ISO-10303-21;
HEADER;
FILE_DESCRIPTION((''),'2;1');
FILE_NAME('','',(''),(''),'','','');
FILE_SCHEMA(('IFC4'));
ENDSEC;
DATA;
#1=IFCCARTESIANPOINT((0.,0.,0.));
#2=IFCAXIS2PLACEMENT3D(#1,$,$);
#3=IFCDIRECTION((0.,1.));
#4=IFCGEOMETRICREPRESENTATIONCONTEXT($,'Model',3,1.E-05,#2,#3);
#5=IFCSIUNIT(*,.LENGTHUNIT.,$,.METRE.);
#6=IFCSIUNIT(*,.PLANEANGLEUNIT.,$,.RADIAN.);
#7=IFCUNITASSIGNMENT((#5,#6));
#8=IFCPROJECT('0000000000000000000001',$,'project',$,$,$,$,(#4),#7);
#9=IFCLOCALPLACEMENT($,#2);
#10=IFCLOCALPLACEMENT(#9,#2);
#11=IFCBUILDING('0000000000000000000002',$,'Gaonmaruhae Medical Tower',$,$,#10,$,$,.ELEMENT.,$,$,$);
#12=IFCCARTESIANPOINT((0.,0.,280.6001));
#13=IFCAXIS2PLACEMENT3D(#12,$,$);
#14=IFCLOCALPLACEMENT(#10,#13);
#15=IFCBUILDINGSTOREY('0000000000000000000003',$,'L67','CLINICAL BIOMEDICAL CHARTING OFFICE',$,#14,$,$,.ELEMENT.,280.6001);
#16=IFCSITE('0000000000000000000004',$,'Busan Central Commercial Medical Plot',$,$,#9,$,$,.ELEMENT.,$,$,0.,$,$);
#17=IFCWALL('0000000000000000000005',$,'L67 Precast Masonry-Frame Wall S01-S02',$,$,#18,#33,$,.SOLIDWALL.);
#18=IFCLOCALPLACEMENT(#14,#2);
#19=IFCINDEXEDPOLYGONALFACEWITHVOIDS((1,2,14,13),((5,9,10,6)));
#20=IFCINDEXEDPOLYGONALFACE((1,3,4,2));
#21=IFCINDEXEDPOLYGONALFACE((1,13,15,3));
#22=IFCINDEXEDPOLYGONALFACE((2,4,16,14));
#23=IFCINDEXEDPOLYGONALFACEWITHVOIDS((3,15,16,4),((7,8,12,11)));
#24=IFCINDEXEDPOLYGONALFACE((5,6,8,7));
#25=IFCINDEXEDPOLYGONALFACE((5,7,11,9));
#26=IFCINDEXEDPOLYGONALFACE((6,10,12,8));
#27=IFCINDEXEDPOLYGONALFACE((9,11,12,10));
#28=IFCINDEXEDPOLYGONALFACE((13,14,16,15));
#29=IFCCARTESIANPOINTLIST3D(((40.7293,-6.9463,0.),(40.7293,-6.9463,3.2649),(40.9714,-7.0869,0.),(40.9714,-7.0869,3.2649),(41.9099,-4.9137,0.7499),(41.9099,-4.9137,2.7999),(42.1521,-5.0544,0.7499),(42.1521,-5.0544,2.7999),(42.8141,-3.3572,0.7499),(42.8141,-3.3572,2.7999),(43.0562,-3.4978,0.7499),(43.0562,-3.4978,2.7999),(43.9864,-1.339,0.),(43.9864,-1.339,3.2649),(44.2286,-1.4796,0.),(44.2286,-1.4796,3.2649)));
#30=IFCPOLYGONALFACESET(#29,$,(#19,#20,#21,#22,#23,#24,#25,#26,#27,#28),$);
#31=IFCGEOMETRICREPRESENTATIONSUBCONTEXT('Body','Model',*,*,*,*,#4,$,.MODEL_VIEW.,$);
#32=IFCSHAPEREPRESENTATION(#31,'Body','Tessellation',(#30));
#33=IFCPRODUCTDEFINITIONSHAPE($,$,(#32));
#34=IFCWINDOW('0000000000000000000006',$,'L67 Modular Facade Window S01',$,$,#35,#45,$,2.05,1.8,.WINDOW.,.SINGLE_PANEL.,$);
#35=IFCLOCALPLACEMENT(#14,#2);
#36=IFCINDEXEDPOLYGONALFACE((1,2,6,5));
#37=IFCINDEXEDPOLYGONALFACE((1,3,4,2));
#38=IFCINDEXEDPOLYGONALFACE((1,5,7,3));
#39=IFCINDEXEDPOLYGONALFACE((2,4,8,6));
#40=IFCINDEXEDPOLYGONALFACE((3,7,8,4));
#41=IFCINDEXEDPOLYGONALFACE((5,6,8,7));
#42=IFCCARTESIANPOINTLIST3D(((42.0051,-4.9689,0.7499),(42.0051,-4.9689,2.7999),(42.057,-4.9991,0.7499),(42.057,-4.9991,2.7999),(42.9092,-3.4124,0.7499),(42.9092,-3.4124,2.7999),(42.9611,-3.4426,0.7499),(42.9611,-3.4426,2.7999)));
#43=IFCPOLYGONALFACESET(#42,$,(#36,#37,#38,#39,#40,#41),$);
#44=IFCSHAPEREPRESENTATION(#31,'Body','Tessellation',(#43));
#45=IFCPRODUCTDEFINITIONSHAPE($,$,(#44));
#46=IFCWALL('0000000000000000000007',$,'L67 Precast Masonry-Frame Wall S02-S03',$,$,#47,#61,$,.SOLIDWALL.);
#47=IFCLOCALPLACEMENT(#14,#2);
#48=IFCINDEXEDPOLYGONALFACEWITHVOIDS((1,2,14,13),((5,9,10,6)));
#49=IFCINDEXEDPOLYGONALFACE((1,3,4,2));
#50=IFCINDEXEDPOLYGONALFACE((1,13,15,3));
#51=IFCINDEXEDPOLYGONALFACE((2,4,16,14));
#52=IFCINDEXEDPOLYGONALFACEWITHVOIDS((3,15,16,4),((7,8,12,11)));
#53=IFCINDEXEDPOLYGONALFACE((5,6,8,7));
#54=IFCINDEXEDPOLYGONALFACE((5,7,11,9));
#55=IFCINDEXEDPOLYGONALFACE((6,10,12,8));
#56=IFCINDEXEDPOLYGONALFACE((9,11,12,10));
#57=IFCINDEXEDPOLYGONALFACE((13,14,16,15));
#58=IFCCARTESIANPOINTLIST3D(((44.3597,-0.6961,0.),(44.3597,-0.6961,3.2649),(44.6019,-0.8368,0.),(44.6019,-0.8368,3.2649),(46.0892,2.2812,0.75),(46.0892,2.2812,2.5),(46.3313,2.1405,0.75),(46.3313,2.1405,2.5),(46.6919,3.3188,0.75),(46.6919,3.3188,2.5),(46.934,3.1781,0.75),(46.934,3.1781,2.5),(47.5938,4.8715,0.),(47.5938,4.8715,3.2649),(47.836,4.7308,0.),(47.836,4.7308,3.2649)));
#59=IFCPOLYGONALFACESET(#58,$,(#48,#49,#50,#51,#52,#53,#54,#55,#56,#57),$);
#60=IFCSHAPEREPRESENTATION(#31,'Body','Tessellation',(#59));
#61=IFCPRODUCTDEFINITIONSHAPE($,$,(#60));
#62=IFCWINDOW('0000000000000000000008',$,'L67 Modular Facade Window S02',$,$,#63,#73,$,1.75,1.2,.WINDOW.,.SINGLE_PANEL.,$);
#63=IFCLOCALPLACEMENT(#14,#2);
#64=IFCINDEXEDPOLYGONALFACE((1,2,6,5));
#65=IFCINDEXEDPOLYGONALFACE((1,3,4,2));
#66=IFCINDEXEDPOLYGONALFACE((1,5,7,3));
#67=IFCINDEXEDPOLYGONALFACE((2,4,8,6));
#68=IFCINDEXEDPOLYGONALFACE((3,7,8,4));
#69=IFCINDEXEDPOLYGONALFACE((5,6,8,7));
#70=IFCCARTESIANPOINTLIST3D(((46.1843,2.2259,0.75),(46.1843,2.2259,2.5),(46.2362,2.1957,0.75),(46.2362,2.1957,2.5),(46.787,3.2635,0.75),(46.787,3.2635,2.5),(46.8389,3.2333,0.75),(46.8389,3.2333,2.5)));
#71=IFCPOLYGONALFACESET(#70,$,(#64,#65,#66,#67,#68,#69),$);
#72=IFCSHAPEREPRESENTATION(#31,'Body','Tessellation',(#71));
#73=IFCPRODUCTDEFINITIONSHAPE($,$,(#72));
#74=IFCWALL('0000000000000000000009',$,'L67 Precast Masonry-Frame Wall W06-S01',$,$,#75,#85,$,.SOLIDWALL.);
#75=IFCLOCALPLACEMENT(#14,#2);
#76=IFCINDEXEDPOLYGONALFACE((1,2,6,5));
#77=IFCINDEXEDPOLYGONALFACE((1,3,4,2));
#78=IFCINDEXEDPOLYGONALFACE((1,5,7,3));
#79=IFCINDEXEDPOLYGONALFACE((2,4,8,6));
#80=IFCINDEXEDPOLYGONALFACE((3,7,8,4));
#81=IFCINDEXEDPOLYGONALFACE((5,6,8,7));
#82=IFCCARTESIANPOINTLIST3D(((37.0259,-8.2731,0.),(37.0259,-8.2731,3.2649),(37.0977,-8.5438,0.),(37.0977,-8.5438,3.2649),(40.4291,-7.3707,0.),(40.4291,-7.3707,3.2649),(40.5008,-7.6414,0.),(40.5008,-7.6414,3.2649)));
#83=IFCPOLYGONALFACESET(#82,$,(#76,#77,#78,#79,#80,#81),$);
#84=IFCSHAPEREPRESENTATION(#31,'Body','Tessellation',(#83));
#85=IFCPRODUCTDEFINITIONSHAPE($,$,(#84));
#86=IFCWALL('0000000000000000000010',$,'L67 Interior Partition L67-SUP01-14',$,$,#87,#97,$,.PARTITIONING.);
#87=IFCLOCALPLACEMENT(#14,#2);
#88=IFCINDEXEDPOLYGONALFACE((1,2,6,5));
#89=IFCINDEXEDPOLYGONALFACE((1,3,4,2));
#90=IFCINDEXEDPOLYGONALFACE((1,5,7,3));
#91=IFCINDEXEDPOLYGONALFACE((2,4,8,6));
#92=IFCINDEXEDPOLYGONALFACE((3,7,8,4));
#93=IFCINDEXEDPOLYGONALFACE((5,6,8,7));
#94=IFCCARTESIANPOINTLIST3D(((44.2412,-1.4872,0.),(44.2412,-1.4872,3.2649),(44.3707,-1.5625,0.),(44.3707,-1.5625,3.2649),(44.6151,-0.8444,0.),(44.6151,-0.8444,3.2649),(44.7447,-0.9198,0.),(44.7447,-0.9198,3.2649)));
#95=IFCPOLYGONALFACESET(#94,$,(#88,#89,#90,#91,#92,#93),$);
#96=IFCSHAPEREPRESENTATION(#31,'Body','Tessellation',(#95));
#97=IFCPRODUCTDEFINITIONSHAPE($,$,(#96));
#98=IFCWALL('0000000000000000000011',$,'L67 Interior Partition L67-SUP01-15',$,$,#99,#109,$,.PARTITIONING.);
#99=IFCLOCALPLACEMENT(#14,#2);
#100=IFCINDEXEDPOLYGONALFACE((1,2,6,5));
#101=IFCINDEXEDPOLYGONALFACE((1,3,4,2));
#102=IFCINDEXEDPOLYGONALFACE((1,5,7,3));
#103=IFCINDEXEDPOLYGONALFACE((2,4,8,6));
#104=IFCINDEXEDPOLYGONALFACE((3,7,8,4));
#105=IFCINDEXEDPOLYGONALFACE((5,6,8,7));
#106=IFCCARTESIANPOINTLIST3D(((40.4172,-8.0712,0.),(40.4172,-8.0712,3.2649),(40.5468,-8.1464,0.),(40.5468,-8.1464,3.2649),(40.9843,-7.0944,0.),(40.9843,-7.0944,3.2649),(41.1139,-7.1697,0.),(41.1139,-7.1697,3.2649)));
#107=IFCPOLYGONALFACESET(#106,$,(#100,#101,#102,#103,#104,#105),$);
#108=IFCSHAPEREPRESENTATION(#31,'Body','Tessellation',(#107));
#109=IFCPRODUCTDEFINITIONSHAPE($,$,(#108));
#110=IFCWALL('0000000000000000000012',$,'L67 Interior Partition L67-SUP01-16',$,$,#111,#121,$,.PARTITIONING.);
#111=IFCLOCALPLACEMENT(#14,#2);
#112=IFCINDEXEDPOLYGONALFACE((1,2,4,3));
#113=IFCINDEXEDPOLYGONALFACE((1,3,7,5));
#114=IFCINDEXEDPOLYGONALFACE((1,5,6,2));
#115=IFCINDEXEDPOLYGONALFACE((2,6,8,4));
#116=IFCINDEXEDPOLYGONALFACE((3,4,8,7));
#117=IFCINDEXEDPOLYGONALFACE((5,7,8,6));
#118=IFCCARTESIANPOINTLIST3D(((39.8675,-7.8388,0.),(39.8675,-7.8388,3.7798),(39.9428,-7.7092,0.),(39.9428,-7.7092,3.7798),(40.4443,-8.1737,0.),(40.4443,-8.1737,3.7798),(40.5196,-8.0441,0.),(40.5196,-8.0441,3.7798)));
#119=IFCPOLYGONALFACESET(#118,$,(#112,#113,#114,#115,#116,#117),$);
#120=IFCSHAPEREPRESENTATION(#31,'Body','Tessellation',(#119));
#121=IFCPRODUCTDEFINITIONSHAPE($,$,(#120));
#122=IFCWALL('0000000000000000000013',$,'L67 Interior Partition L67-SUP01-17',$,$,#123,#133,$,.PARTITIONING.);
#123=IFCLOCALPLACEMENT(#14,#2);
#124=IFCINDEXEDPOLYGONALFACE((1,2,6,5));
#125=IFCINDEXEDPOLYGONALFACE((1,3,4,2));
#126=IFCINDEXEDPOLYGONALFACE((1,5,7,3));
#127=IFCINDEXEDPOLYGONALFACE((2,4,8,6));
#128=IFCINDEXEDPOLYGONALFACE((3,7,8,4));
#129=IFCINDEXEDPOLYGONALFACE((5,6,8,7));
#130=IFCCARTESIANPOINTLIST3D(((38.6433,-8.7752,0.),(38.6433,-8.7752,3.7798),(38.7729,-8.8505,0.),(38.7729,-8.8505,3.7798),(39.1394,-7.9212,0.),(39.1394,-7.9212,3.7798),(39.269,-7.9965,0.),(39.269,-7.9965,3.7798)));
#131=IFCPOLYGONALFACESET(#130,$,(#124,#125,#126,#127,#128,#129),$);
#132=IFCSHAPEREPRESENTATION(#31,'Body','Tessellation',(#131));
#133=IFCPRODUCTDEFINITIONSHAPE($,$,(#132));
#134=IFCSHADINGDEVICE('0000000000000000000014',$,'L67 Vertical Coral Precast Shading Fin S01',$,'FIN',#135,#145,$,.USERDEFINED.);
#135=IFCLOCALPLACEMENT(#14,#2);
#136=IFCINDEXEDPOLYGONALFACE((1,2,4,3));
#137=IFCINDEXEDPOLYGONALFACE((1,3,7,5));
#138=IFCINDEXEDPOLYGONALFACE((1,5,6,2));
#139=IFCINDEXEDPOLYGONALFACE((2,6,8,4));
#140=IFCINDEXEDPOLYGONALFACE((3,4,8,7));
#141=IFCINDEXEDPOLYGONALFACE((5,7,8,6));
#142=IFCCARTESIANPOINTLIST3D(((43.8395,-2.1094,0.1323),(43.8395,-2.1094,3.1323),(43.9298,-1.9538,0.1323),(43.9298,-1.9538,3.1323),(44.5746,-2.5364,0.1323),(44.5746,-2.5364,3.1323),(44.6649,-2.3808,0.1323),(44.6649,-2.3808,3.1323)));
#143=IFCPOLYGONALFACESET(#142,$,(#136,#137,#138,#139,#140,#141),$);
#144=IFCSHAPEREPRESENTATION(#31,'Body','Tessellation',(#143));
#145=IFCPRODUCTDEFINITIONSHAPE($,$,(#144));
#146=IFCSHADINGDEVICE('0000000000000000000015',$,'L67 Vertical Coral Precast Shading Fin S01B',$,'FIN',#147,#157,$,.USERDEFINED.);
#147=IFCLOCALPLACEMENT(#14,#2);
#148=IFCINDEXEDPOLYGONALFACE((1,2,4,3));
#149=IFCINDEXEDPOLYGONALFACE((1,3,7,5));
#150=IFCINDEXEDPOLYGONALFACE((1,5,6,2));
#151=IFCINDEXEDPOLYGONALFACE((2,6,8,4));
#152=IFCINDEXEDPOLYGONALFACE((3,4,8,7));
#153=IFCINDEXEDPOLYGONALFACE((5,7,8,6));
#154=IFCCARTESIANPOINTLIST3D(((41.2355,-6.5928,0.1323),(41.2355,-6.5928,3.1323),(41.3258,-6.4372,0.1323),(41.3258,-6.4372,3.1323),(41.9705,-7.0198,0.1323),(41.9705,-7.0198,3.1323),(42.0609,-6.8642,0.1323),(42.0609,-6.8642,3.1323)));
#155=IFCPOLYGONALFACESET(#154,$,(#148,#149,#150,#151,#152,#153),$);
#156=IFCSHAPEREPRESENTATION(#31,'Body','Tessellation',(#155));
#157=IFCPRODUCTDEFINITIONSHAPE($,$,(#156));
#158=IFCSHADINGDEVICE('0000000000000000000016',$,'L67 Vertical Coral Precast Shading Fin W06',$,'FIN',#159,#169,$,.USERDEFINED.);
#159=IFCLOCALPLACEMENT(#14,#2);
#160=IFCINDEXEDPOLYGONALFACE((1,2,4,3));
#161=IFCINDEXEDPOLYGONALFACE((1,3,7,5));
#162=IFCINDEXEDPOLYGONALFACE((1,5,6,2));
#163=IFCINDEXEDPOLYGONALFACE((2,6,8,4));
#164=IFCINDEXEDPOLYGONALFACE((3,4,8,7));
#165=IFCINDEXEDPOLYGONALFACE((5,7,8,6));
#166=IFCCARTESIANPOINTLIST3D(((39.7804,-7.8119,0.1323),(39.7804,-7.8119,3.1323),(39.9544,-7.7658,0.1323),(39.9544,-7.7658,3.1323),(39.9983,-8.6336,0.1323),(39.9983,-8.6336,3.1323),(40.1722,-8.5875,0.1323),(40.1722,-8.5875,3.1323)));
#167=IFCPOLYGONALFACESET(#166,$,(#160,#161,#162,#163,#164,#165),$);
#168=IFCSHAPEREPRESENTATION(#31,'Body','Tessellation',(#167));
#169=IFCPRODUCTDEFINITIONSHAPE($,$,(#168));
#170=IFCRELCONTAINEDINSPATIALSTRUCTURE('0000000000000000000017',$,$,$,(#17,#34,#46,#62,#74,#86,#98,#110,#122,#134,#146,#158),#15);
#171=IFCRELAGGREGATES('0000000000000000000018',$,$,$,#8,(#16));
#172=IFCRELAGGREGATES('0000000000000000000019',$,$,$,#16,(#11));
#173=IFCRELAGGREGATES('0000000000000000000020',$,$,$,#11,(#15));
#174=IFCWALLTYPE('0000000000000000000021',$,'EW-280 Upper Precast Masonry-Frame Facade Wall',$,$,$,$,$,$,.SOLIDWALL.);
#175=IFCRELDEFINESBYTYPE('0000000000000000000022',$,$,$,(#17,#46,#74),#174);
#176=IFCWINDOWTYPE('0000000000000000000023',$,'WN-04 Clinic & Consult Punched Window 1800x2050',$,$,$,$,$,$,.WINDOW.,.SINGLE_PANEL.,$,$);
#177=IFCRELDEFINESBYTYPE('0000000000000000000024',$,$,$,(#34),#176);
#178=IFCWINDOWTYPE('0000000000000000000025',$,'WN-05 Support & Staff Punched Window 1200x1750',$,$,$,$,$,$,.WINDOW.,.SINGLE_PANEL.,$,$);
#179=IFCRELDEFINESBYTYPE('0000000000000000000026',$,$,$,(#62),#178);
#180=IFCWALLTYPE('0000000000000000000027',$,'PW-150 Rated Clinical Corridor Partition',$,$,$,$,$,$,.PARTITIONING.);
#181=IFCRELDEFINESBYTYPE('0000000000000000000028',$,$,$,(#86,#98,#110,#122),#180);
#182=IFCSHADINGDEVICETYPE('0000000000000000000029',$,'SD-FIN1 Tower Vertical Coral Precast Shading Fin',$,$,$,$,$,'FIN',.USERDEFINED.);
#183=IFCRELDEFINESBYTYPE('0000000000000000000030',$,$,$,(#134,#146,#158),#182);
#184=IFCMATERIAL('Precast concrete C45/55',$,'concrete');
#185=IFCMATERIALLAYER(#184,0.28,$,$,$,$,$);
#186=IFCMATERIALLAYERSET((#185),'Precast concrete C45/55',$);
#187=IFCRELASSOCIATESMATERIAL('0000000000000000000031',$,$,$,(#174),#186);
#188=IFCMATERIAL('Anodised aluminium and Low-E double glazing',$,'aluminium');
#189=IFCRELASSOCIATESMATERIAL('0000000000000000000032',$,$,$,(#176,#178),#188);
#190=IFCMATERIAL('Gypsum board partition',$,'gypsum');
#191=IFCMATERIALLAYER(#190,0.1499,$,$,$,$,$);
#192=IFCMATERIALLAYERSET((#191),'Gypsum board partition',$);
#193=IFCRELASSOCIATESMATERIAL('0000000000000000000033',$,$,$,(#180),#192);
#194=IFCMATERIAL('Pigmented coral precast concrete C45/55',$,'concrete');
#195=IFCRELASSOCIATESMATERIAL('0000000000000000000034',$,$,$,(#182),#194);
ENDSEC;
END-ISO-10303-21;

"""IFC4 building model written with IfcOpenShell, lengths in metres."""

from ifc_helpers import new_model, si_unit, direction, frame, frame_2d, origin, origin_2d, place, context, subcontext, project, spatial, rectangle, extrude, material, layer, layer_set, type_object, element, fill, save


model = new_model("IFC4")

# Units and contexts
model_context = context("Model", 3, precision=1e-05, world=origin(), true_north=direction((0.0, 1.0)))
body_context = subcontext(model_context, "Body", "Model", "MODEL_VIEW")
ifc_project = project(units=[si_unit("LENGTHUNIT", "METRE"), si_unit("PLANEANGLEUNIT", "RADIAN")], contexts=[model_context])

# Site, building, storey
site_placement = place(None, origin())
site = spatial("IfcSite", under=ifc_project, at=site_placement, Name="Busan Central Commercial Medical Plot", CompositionType="ELEMENT", RefElevation=0.0)
building_placement = place(site_placement, origin())
building = spatial("IfcBuilding", under=site, at=building_placement, Name="Gaonmaruhae Medical Tower", CompositionType="ELEMENT")
storey_placement = place(building_placement, frame((0.0, 0.0, 280.6001)))
storey = spatial("IfcBuildingStorey", under=building, at=storey_placement, Name="L67", Description="CLINICAL BIOMEDICAL CHARTING OFFICE", CompositionType="ELEMENT", Elevation=280.6001)

# Walls, openings, windows
ifc_material_1 = material(Name="Precast concrete C45/55", Category="concrete")
ifc_layer_1 = layer(ifc_material_1, 0.28)
ifc_layer_set_1 = layer_set([ifc_layer_1], Name="Precast concrete C45/55")
wall_type_1 = type_object("IfcWallType", Name="EW-280 Upper Precast Masonry-Frame Facade Wall", PredefinedType="SOLIDWALL", material=ifc_layer_set_1)
wall_1_placement = place(storey_placement, frame((44.1074, -1.4094, 0.0), z_axis=(0.0, 0.0, 1.0), x_axis=(-0.502285, -0.864702, 0.0)))
wall_1 = element("IfcWall", 1, at=wall_1_placement, inside=storey, type_object=wall_type_1, Name="L67 Precast Masonry-Frame Wall S01-S02", PredefinedType="SOLIDWALL", context=body_context, shape_type="SweptSolid", body=[
    extrude(rectangle(XDim=6.4846, YDim=0.28, at=frame_2d((3.2422, 0.0))), origin(), (0.0, 0.0, 1.0), 3.2649),
])
opening_1_placement = place(wall_1_placement, frame((2.334, 0.0, 0.75)))
opening_1 = element("IfcOpeningElement", 2, at=opening_1_placement, cuts=wall_1, PredefinedType="OPENING", context=body_context, shape_type="SweptSolid", body=[
    extrude(rectangle(XDim=1.8, YDim=2.05, at=frame_2d((0.8999, 1.0249))), frame((0.0, 0.1499, 0.0), z_axis=(0.0, -1.0, 0.0), x_axis=(1.0, 0.0, 0.0)), (0.0, 0.0, 1.0), 0.3),
])
ifc_material_2 = material(Name="Anodised aluminium and Low-E double glazing", Category="aluminium")
window_type_1 = type_object("IfcWindowType", Name="WN-04 Clinic & Consult Punched Window 1800x2050", PartitioningType="SINGLE_PANEL", PredefinedType="WINDOW", material=ifc_material_2)
window_1_placement = place(opening_1_placement, origin())
window_1 = element("IfcWindow", 3, at=window_1_placement, inside=storey, type_object=window_type_1, Name="L67 Modular Facade Window S01", OverallHeight=2.05, OverallWidth=1.8, PartitioningType="SINGLE_PANEL", PredefinedType="WINDOW", context=body_context, shape_type="SweptSolid", body=[
    extrude(rectangle(XDim=1.8, YDim=2.05, at=frame_2d((0.8999, 1.0249))), frame((0.0, 0.03, 0.0), z_axis=(0.0, -1.0, 0.0), x_axis=(1.0, 0.0, 0.0)), (0.0, 0.0, 1.0), 0.0601),
])
fill(opening_1, window_1)
wall_2_placement = place(storey_placement, frame((47.7148, 4.801, 0.0), z_axis=(0.0, 0.0, 1.0), x_axis=(-0.502288, -0.8647, 0.0)))
wall_2 = element("IfcWall", 4, at=wall_2_placement, inside=storey, type_object=wall_type_1, Name="L67 Precast Masonry-Frame Wall S02-S03", PredefinedType="SOLIDWALL", context=body_context, shape_type="SweptSolid", body=[
    extrude(rectangle(XDim=6.4387, YDim=0.28, at=frame_2d((3.2192, 0.0))), origin(), (0.0, 0.0, 1.0), 3.2649),
])
opening_2_placement = place(wall_2_placement, frame((1.7954, 0.0, 0.75)))
opening_2 = element("IfcOpeningElement", 5, at=opening_2_placement, cuts=wall_2, PredefinedType="OPENING", context=body_context, shape_type="SweptSolid", body=[
    extrude(rectangle(XDim=1.2, YDim=1.75, at=frame_2d((0.6001, 0.875))), frame((0.0, 0.1499, 0.0), z_axis=(0.0, -1.0, 0.0), x_axis=(1.0, 0.0, 0.0)), (0.0, 0.0, 1.0), 0.3),
])
window_type_2 = type_object("IfcWindowType", Name="WN-05 Support & Staff Punched Window 1200x1750", PartitioningType="SINGLE_PANEL", PredefinedType="WINDOW", material=ifc_material_2)
window_2_placement = place(opening_2_placement, origin())
window_2 = element("IfcWindow", 6, at=window_2_placement, inside=storey, type_object=window_type_2, Name="L67 Modular Facade Window S02", OverallHeight=1.75, OverallWidth=1.2, PartitioningType="SINGLE_PANEL", PredefinedType="WINDOW", context=body_context, shape_type="SweptSolid", body=[
    extrude(rectangle(XDim=1.2, YDim=1.75, at=frame_2d((0.6001, 0.875))), frame((0.0, 0.03, 0.0), z_axis=(0.0, -1.0, 0.0), x_axis=(1.0, 0.0, 0.0)), (0.0, 0.0, 1.0), 0.0601),
])
fill(opening_2, window_2)

# Walls
wall_3_placement = place(storey_placement, frame((40.4648, -7.5061, 0.0), z_axis=(0.0, 0.0, 1.0), x_axis=(-0.966598, -0.256299, 0.0)))
element("IfcWall", 7, at=wall_3_placement, inside=storey, type_object=wall_type_1, Name="L67 Precast Masonry-Frame Wall W06-S01", PredefinedType="SOLIDWALL", context=body_context, shape_type="SweptSolid", body=[
    extrude(rectangle(XDim=3.5208, YDim=0.28, at=frame_2d((1.7603, 0.0))), origin(), (0.0, 0.0, 1.0), 3.2649),
])
ifc_material_3 = material(Name="Gypsum board partition", Category="gypsum")
ifc_layer_2 = layer(ifc_material_3, 0.1499)
ifc_layer_set_2 = layer_set([ifc_layer_2], Name="Gypsum board partition")
wall_type_2 = type_object("IfcWallType", Name="PW-150 Rated Clinical Corridor Partition", PredefinedType="PARTITIONING", material=ifc_layer_set_2)
wall_4_placement = place(storey_placement, frame((44.6799, -0.8821, 0.0), z_axis=(0.0, 0.0, 1.0), x_axis=(-0.502911, -0.864338, 0.0)))
element("IfcWall", 8, at=wall_4_placement, inside=storey, type_object=wall_type_2, Name="L67 Interior Partition L67-SUP01-14", PredefinedType="PARTITIONING", context=body_context, shape_type="SweptSolid", body=[
    extrude(rectangle(XDim=0.7437, YDim=0.1499, at=frame_2d((0.3718, 0.0))), origin(), (0.0, 0.0, 1.0), 3.2649),
])
wall_5_placement = place(storey_placement, frame((41.0491, -7.1321, 0.0), z_axis=(0.0, 0.0, 1.0), x_axis=(-0.502109, -0.864804, 0.0)))
element("IfcWall", 9, at=wall_5_placement, inside=storey, type_object=wall_type_2, Name="L67 Interior Partition L67-SUP01-15", PredefinedType="PARTITIONING", context=body_context, shape_type="SweptSolid", body=[
    extrude(rectangle(XDim=1.1294, YDim=0.1499, at=frame_2d((0.5647, 0.0))), origin(), (0.0, 0.0, 1.0), 3.2649),
])
wall_6_placement = place(storey_placement, frame((40.4819, -8.1089, 0.0), z_axis=(0.0, 0.0, 1.0), x_axis=(-0.864799, 0.502118, 0.0)))
element("IfcWall", 10, at=wall_6_placement, inside=storey, type_object=wall_type_2, Name="L67 Interior Partition L67-SUP01-16", PredefinedType="PARTITIONING", context=body_context, shape_type="SweptSolid", body=[
    extrude(rectangle(XDim=0.667, YDim=0.1499, at=frame_2d((0.3335, 0.0))), origin(), (0.0, 0.0, 1.0), 3.7798),
])
wall_7_placement = place(storey_placement, frame((39.2041, -7.959, 0.0), z_axis=(0.0, 0.0, 1.0), x_axis=(-0.502302, -0.864692, 0.0)))
element("IfcWall", 11, at=wall_7_placement, inside=storey, type_object=wall_type_2, Name="L67 Interior Partition L67-SUP01-17", PredefinedType="PARTITIONING", context=body_context, shape_type="SweptSolid", body=[
    extrude(rectangle(XDim=0.9875, YDim=0.1499, at=frame_2d((0.4937, 0.0))), origin(), (0.0, 0.0, 1.0), 3.7798),
])

# Shading devices
ifc_material_4 = material(Name="Pigmented coral precast concrete C45/55", Category="concrete")
shading_device_type = type_object("IfcShadingDeviceType", Name="SD-FIN1 Tower Vertical Coral Precast Shading Fin", ElementType="FIN", PredefinedType="USERDEFINED", material=ifc_material_4)
for number, where, z_axis, x_axis, name in (
    (12, (44.2522, -2.2451, 0.1323), (0.0, 0.0, 1.0), (-0.502281, -0.864705, 0.0), "L67 Vertical Coral Precast Shading Fin S01"),
    (13, (41.6482, -6.7285, 0.1323), (0.0, 0.0, 1.0), (-0.502281, -0.864705, 0.0), "L67 Vertical Coral Precast Shading Fin S01B"),
    (14, (39.9763, -8.1997, 0.1323), (0.0, 0.0, 1.0), (-0.966605, -0.256273, 0.0), "L67 Vertical Coral Precast Shading Fin W06"),
):
    element("IfcShadingDevice", number, at=place(storey_placement, frame(where, z_axis=z_axis, x_axis=x_axis)), inside=storey, type_object=shading_device_type, Name=name, ObjectType="FIN", PredefinedType="USERDEFINED", context=body_context, shape_type="SweptSolid", body=[
        extrude(rectangle(XDim=0.1799, YDim=0.8501, at=origin_2d()), origin(), (0.0, 0.0, 1.0), 3.0),
    ])

save(model, "model.ifc")
